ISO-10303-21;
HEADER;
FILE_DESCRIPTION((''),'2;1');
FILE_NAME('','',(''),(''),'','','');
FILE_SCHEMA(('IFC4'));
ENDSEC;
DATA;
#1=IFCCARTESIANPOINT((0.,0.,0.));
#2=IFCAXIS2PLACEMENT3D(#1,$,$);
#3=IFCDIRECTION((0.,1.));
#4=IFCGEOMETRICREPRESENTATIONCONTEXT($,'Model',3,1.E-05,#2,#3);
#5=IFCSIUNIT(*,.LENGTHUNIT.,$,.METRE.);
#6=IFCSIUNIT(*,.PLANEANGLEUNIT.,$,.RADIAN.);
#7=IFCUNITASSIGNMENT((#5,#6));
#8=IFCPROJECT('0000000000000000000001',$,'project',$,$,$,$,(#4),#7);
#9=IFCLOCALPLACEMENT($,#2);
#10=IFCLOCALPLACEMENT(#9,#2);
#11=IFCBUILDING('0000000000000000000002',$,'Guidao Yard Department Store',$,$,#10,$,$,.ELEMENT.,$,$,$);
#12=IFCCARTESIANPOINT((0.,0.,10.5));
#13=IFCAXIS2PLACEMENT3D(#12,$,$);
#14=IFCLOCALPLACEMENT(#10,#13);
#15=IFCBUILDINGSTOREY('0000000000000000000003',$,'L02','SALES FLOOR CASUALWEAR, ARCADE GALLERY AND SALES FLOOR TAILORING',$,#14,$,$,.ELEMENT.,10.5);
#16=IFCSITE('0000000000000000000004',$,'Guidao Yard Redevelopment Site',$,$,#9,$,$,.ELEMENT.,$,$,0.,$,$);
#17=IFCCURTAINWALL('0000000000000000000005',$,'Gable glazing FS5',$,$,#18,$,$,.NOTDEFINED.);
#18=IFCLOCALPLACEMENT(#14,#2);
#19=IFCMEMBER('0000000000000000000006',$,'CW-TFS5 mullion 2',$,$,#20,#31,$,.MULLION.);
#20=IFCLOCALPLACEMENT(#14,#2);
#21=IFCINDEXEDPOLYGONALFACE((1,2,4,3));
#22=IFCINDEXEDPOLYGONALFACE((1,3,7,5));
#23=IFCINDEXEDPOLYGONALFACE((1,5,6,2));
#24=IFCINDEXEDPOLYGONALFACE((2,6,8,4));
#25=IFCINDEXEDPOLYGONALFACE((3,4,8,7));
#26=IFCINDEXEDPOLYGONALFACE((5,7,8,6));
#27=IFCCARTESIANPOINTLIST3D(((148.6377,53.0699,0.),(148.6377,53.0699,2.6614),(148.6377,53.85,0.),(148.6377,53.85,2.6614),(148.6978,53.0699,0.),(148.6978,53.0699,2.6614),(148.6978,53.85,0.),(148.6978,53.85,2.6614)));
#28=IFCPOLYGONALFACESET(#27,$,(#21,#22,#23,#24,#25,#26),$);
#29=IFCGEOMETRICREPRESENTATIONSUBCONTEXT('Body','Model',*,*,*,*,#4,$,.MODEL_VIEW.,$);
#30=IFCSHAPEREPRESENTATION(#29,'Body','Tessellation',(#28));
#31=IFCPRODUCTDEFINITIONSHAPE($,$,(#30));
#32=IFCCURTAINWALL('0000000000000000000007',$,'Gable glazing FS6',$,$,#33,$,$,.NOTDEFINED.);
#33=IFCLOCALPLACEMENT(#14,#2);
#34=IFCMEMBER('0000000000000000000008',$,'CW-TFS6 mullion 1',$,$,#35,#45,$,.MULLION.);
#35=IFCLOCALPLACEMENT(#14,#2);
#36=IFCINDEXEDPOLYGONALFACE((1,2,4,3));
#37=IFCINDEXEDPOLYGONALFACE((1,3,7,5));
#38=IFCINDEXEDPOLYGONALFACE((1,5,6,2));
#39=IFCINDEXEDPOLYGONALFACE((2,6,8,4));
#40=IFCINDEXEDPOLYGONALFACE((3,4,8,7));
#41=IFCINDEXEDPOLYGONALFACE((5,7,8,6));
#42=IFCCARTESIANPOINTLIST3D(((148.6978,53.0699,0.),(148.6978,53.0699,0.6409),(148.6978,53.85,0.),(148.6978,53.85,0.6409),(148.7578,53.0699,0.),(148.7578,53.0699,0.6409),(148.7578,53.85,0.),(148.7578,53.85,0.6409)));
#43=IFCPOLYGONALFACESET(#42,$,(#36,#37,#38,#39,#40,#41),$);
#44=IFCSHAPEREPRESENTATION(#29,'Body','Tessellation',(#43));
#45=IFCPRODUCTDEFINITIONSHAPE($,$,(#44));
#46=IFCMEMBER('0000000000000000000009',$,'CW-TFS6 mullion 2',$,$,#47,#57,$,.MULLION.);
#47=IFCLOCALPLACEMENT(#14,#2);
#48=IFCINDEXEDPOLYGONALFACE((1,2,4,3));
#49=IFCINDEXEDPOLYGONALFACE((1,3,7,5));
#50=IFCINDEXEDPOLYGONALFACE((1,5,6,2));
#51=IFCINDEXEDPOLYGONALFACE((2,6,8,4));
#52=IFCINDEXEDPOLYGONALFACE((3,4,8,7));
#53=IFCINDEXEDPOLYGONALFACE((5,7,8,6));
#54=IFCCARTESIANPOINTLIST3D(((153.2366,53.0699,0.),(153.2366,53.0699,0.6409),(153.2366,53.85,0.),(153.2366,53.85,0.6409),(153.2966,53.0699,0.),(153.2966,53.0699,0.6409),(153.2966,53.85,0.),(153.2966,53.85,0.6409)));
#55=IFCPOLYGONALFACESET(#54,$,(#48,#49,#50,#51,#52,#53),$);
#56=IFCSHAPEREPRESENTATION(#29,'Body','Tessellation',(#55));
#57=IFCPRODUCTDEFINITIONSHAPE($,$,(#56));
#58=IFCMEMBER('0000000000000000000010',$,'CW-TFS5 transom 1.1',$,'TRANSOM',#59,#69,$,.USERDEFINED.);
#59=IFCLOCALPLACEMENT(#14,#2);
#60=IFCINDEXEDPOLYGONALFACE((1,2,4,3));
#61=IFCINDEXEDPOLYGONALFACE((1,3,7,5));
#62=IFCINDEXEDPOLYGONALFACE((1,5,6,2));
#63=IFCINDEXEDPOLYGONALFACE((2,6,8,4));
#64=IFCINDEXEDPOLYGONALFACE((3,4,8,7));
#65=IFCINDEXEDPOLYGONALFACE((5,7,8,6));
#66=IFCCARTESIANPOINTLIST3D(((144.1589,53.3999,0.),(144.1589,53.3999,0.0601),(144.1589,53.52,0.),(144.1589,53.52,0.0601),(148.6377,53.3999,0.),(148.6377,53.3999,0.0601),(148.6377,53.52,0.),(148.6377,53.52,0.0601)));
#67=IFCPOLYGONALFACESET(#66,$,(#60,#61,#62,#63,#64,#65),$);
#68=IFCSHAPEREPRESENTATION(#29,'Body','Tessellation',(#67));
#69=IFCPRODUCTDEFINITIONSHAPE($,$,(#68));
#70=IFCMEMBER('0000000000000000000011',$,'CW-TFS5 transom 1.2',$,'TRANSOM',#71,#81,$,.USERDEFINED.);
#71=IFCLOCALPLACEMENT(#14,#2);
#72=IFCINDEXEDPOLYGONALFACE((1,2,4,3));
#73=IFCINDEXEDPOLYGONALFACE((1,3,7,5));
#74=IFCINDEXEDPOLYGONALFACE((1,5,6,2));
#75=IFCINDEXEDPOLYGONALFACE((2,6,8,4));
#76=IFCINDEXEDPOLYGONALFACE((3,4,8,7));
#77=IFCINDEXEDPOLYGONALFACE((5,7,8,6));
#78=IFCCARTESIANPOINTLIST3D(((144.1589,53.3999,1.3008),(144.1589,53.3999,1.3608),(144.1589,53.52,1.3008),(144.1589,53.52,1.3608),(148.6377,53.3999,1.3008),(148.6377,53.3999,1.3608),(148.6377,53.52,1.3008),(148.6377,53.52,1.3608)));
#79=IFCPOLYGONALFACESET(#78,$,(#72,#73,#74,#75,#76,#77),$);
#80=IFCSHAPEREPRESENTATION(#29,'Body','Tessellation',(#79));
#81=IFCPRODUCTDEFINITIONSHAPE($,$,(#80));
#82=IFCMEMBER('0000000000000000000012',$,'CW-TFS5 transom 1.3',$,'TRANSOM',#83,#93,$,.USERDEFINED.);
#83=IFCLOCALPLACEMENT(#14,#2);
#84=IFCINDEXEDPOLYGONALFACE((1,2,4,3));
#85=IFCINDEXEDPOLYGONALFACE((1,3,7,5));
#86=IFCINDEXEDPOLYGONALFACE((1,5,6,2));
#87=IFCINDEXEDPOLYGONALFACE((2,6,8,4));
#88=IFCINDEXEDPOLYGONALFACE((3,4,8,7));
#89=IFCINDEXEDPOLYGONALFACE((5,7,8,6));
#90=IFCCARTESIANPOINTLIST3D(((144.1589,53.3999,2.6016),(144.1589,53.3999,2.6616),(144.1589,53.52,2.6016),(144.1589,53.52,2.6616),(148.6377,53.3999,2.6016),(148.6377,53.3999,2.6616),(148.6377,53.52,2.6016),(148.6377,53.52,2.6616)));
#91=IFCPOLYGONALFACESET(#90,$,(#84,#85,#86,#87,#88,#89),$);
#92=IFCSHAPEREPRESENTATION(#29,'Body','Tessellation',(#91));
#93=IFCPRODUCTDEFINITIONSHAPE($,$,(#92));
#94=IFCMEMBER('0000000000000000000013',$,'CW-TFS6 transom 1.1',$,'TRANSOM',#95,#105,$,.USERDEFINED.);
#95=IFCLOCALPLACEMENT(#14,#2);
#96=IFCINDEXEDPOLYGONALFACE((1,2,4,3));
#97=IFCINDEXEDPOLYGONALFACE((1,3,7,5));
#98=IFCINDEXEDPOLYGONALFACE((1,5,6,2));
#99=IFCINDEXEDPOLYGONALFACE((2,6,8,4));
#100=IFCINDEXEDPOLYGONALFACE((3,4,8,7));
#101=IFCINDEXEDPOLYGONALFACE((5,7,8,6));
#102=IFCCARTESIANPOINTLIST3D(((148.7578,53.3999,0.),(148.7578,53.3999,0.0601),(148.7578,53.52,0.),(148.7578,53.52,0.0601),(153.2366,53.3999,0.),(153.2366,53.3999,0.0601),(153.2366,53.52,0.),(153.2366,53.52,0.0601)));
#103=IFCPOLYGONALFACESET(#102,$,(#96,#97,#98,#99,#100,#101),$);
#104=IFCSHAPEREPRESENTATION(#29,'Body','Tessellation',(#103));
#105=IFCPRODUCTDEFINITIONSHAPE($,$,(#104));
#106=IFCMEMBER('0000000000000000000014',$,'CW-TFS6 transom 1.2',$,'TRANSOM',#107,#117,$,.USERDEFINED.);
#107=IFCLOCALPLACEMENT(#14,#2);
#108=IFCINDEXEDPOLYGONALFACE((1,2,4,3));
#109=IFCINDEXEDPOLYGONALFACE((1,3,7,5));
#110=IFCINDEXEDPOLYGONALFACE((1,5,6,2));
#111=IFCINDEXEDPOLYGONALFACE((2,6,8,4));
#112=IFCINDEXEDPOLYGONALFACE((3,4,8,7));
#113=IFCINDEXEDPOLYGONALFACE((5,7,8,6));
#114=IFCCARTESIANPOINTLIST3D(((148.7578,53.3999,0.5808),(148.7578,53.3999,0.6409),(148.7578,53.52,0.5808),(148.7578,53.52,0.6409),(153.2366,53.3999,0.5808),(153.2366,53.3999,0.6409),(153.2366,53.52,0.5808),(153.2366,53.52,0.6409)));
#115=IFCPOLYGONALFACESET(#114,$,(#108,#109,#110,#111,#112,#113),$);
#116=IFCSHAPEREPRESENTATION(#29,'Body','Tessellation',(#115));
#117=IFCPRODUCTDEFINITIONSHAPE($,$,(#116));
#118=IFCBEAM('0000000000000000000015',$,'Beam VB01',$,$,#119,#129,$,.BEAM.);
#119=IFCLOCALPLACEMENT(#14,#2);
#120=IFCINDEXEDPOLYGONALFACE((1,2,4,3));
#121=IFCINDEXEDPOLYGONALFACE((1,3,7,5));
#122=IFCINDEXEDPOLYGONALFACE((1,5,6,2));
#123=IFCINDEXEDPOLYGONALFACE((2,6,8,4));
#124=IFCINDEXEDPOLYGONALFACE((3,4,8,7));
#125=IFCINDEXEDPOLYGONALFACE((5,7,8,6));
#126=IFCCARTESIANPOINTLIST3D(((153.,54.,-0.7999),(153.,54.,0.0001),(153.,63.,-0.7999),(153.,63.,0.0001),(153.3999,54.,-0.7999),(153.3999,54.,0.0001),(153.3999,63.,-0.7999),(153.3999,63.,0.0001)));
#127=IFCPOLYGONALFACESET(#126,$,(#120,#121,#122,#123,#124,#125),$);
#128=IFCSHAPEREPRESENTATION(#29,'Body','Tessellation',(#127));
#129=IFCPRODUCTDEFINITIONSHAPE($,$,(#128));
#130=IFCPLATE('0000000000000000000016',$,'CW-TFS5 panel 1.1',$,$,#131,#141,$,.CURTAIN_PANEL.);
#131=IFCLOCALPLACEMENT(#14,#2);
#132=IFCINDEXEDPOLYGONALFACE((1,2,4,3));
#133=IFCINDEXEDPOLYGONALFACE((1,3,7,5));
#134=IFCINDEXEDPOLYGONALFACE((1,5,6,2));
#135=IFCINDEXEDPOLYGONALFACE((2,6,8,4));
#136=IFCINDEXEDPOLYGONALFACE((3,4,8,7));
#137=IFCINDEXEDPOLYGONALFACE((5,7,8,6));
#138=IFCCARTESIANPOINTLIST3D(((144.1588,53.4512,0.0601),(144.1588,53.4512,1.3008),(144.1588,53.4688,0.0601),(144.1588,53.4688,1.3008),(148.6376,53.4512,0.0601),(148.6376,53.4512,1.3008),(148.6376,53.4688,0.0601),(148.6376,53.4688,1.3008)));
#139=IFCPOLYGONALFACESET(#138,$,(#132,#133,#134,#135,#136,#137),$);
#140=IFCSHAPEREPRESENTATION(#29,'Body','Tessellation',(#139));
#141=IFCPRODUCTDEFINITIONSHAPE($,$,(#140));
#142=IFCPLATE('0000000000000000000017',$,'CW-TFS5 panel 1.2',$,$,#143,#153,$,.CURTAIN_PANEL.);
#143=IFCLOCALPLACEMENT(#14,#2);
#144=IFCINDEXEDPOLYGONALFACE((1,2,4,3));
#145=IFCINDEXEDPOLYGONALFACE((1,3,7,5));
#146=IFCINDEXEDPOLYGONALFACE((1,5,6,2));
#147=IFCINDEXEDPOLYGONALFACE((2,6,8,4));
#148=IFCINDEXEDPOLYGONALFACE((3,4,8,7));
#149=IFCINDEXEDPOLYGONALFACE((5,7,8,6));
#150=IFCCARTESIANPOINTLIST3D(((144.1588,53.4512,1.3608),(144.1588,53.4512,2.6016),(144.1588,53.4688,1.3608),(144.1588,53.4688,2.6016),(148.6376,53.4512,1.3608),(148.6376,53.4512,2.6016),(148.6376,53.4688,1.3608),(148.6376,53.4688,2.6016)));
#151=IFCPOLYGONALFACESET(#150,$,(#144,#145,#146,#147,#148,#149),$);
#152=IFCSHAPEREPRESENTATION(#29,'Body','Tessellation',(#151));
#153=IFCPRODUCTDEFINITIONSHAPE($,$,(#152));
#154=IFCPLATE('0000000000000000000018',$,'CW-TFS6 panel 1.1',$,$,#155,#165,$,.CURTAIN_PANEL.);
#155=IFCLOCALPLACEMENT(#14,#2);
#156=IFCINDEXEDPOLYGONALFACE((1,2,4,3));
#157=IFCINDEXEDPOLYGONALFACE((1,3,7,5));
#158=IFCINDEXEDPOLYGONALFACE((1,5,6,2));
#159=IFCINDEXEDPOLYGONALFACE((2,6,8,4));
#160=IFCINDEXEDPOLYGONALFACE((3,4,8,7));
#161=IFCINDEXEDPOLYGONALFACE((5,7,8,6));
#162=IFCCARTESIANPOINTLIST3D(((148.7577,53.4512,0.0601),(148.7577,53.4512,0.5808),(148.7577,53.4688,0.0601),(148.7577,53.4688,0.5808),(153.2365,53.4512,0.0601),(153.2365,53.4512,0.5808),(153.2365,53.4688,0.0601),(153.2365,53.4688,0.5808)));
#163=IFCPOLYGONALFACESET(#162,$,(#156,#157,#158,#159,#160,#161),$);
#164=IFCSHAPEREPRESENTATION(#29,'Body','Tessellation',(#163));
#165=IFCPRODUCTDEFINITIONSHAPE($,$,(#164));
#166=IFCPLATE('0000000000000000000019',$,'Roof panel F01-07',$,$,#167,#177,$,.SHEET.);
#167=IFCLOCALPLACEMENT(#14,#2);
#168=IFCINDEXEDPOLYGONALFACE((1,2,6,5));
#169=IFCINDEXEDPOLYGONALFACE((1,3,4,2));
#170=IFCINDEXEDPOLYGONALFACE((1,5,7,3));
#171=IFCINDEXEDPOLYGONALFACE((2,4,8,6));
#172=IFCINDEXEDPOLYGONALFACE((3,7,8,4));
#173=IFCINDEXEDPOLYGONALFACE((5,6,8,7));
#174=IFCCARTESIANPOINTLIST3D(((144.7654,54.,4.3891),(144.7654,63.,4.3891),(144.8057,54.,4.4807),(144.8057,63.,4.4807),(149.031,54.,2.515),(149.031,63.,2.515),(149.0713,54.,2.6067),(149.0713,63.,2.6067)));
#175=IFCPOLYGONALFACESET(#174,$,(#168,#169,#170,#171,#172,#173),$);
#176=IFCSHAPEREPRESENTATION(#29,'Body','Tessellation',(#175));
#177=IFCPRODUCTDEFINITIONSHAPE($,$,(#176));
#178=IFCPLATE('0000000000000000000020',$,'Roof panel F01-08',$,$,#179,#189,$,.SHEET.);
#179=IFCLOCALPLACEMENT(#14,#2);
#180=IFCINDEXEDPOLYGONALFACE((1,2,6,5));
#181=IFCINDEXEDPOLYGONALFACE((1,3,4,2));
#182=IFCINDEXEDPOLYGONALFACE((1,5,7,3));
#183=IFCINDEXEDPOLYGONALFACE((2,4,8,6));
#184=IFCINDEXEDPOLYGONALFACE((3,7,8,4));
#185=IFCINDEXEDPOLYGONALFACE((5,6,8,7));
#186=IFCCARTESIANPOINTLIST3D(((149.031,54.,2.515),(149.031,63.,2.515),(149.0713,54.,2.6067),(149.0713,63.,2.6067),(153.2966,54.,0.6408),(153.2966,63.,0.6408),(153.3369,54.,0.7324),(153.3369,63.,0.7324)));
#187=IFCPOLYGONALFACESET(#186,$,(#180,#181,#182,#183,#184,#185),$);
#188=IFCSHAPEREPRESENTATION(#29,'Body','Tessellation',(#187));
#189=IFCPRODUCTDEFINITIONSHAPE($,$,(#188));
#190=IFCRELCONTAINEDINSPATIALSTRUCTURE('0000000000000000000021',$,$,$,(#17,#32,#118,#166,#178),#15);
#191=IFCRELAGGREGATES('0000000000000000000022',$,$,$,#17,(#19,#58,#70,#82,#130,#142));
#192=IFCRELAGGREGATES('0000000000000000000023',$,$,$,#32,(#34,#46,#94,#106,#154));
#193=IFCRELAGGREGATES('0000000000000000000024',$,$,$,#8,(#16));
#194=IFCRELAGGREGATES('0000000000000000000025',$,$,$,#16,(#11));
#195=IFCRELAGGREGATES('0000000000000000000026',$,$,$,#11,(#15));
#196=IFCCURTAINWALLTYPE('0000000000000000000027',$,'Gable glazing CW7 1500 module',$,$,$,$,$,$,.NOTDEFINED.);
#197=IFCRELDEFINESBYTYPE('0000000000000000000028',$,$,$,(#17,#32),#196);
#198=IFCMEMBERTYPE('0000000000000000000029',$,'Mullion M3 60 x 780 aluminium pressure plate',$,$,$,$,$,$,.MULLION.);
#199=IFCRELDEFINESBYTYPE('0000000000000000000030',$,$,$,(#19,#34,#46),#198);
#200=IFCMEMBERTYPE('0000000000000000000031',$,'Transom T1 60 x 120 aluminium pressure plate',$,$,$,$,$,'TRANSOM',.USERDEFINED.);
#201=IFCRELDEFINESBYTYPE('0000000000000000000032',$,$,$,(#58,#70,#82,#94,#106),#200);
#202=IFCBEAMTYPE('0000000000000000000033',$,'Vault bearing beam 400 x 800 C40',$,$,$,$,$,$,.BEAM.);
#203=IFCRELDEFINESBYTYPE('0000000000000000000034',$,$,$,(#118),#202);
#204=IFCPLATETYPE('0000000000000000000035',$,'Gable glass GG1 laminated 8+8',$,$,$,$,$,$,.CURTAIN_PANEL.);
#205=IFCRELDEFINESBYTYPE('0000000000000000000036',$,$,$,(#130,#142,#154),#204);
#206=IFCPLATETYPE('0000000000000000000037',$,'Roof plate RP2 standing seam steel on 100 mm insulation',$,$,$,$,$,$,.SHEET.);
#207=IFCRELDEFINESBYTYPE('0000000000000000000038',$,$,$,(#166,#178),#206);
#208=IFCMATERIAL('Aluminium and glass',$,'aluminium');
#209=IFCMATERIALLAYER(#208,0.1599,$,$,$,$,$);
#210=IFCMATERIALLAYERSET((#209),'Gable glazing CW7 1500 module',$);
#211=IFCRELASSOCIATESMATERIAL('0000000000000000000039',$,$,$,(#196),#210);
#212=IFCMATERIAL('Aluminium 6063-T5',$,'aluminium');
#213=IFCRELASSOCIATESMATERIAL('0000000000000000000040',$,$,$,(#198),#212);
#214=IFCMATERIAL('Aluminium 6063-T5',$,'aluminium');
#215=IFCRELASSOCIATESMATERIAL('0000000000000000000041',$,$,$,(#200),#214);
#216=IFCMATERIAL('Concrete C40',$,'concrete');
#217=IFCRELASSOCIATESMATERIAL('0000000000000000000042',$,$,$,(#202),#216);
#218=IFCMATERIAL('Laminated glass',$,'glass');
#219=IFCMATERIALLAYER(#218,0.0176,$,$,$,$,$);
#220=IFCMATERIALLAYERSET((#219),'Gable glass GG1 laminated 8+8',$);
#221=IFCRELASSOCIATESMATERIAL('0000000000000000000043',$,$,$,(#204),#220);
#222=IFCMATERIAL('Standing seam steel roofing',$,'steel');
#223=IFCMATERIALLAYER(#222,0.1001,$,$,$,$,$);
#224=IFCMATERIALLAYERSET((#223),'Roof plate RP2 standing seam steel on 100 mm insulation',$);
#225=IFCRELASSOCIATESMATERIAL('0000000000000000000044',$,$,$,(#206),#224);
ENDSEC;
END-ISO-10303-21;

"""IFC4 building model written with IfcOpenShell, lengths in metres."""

from ifc_helpers import new_model, si_unit, direction, frame, origin, origin_2d, place, context, subcontext, project, spatial, polyline, rectangle, outline, extrude, material, layer, layer_set, material_profile, profile_set, type_object, element, aggregate, save


model = new_model("IFC4")

# Units and contexts
model_context = context("Model", 3, precision=1e-05, world=origin(), true_north=direction((0.0, 1.0)))
body_context = subcontext(model_context, "Body", "Model", "MODEL_VIEW")
ifc_project = project(units=[si_unit("LENGTHUNIT", "METRE"), si_unit("PLANEANGLEUNIT", "RADIAN")], contexts=[model_context])

# Site, building, storey
site_placement = place(None, origin())
site = spatial("IfcSite", under=ifc_project, at=site_placement, Name="Guidao Yard Redevelopment Site", CompositionType="ELEMENT", RefElevation=0.0)
building_placement = place(site_placement, origin())
building = spatial("IfcBuilding", under=site, at=building_placement, Name="Guidao Yard Department Store", CompositionType="ELEMENT")
storey_placement = place(building_placement, frame((0.0, 0.0, 10.5)))
storey = spatial("IfcBuildingStorey", under=building, at=storey_placement, Name="L02", Description="SALES FLOOR CASUALWEAR, ARCADE GALLERY AND SALES FLOOR TAILORING", CompositionType="ELEMENT", Elevation=10.5)

# Curtain wall, member
ifc_material_1 = material(Name="Aluminium and glass", Category="aluminium")
ifc_layer_1 = layer(ifc_material_1, 0.1599)
ifc_layer_set_1 = layer_set([ifc_layer_1], Name="Gable glazing CW7 1500 module")
curtain_wall_type_1 = type_object("IfcCurtainWallType", Name="Gable glazing CW7 1500 module", PredefinedType="NOTDEFINED", material=ifc_layer_set_1)
curtain_wall_1_placement = place(storey_placement, origin())
curtain_wall_1 = element("IfcCurtainWall", 1, at=curtain_wall_1_placement, inside=storey, type_object=curtain_wall_type_1, Name="Gable glazing FS5", PredefinedType="NOTDEFINED")
ifc_material_2 = material(Name="Aluminium 6063-T5", Category="aluminium")
ifc_material_profile_1 = material_profile(ifc_material_2, rectangle(XDim=0.0601, YDim=0.78, at=origin_2d()), Name="Mullion M3 60 x 780 aluminium pressure plate")
ifc_profile_set_1 = profile_set([ifc_material_profile_1], Name="Aluminium 6063-T5")
member_type_1 = type_object("IfcMemberType", Name="Mullion M3 60 x 780 aluminium pressure plate", PredefinedType="MULLION", material=ifc_profile_set_1)
member_1_placement = place(storey_placement, frame((148.6677, 53.46, 0.0), z_axis=(0.0, 0.0, 1.0), x_axis=(-1.0, 0.0, 0.0)))
member_1 = element("IfcMember", 2, at=member_1_placement, type_object=member_type_1, Name="CW-TFS5 mullion 2", PredefinedType="MULLION", context=body_context, shape_type="SweptSolid", body=[
    extrude(rectangle(XDim=0.0601, YDim=0.78, at=origin_2d()), origin(), (0.0, 0.0, 1.0), 2.6614),
])

# Curtain wall, members
curtain_wall_2_placement = place(storey_placement, origin())
curtain_wall_2 = element("IfcCurtainWall", 3, at=curtain_wall_2_placement, inside=storey, type_object=curtain_wall_type_1, Name="Gable glazing FS6", PredefinedType="NOTDEFINED")
member_2_placement = place(storey_placement, frame((148.7278, 53.46, 0.0), z_axis=(0.0, 0.0, 1.0), x_axis=(-1.0, 0.0, 0.0)))
member_2 = element("IfcMember", 4, at=member_2_placement, type_object=member_type_1, Name="CW-TFS6 mullion 1", PredefinedType="MULLION", context=body_context, shape_type="SweptSolid", body=[
    extrude(rectangle(XDim=0.0601, YDim=0.78, at=origin_2d()), origin(), (0.0, 0.0, 1.0), 0.6409),
])
member_3_placement = place(storey_placement, frame((153.2666, 53.46, 0.0), z_axis=(0.0, 0.0, 1.0), x_axis=(-1.0, 0.0, 0.0)))
member_3 = element("IfcMember", 5, at=member_3_placement, type_object=member_type_1, Name="CW-TFS6 mullion 2", PredefinedType="MULLION", context=body_context, shape_type="SweptSolid", body=[
    extrude(rectangle(XDim=0.0601, YDim=0.78, at=origin_2d()), origin(), (0.0, 0.0, 1.0), 0.6409),
])

# Members
ifc_material_3 = material(Name="Aluminium 6063-T5", Category="aluminium")
ifc_material_profile_2 = material_profile(ifc_material_3, rectangle(XDim=0.1201, YDim=0.0601, at=origin_2d()), Name="Transom T1 60 x 120 aluminium pressure plate")
ifc_profile_set_2 = profile_set([ifc_material_profile_2], Name="Aluminium 6063-T5")
member_type_2 = type_object("IfcMemberType", Name="Transom T1 60 x 120 aluminium pressure plate", ElementType="TRANSOM", PredefinedType="USERDEFINED", material=ifc_profile_set_2)
member_4_placement = place(storey_placement, frame((148.6377, 53.46, 0.03), z_axis=(-1.0, 0.0, 0.0), x_axis=(0.0, -1.0, 0.0)))
member_4 = element("IfcMember", 6, at=member_4_placement, type_object=member_type_2, Name="CW-TFS5 transom 1.1", ObjectType="TRANSOM", PredefinedType="USERDEFINED", context=body_context, shape_type="SweptSolid", body=[
    extrude(rectangle(XDim=0.1201, YDim=0.0601, at=origin_2d()), origin(), (0.0, 0.0, 1.0), 4.4788),
])
member_5_placement = place(storey_placement, frame((148.6377, 53.46, 1.3308), z_axis=(-1.0, 0.0, 0.0), x_axis=(0.0, -1.0, 0.0)))
member_5 = element("IfcMember", 7, at=member_5_placement, type_object=member_type_2, Name="CW-TFS5 transom 1.2", ObjectType="TRANSOM", PredefinedType="USERDEFINED", context=body_context, shape_type="SweptSolid", body=[
    extrude(rectangle(XDim=0.1201, YDim=0.0601, at=origin_2d()), origin(), (0.0, 0.0, 1.0), 4.4788),
])
member_6_placement = place(storey_placement, frame((148.6377, 53.46, 2.6316), z_axis=(-1.0, 0.0, 0.0), x_axis=(0.0, -1.0, 0.0)))
member_6 = element("IfcMember", 8, at=member_6_placement, type_object=member_type_2, Name="CW-TFS5 transom 1.3", ObjectType="TRANSOM", PredefinedType="USERDEFINED", context=body_context, shape_type="SweptSolid", body=[
    extrude(rectangle(XDim=0.1201, YDim=0.0601, at=origin_2d()), origin(), (0.0, 0.0, 1.0), 4.4788),
])
member_7_placement = place(storey_placement, frame((153.2366, 53.46, 0.03), z_axis=(-1.0, 0.0, 0.0), x_axis=(0.0, -1.0, 0.0)))
member_7 = element("IfcMember", 9, at=member_7_placement, type_object=member_type_2, Name="CW-TFS6 transom 1.1", ObjectType="TRANSOM", PredefinedType="USERDEFINED", context=body_context, shape_type="SweptSolid", body=[
    extrude(rectangle(XDim=0.1201, YDim=0.0601, at=origin_2d()), origin(), (0.0, 0.0, 1.0), 4.4788),
])
member_8_placement = place(storey_placement, frame((153.2366, 53.46, 0.6108), z_axis=(-1.0, 0.0, 0.0), x_axis=(0.0, -1.0, 0.0)))
member_8 = element("IfcMember", 10, at=member_8_placement, type_object=member_type_2, Name="CW-TFS6 transom 1.2", ObjectType="TRANSOM", PredefinedType="USERDEFINED", context=body_context, shape_type="SweptSolid", body=[
    extrude(rectangle(XDim=0.1201, YDim=0.0601, at=origin_2d()), origin(), (0.0, 0.0, 1.0), 4.4788),
])

# Beam
ifc_material_4 = material(Name="Concrete C40", Category="concrete")
ifc_material_profile_3 = material_profile(ifc_material_4, rectangle(XDim=0.3999, YDim=0.8, at=origin_2d()), Name="Vault bearing beam 400 x 800 C40")
ifc_profile_set_3 = profile_set([ifc_material_profile_3], Name="Concrete C40")
beam_type_1 = type_object("IfcBeamType", Name="Vault bearing beam 400 x 800 C40", PredefinedType="BEAM", material=ifc_profile_set_3)
beam_placement = place(storey_placement, frame((153.2, 54.0, -0.3999), z_axis=(0.0, 1.0, 0.0), x_axis=(-1.0, 0.0, 0.0)))
element("IfcBeam", 11, at=beam_placement, inside=storey, type_object=beam_type_1, Name="Beam VB01", PredefinedType="BEAM", context=body_context, shape_type="SweptSolid", body=[
    extrude(rectangle(XDim=0.3999, YDim=0.8, at=origin_2d()), origin(), (0.0, 0.0, 1.0), 9.0),
])

# Plates
ifc_material_5 = material(Name="Laminated glass", Category="glass")
ifc_layer_2 = layer(ifc_material_5, 0.0176)
ifc_layer_set_2 = layer_set([ifc_layer_2], Name="Gable glass GG1 laminated 8+8")
plate_type_1 = type_object("IfcPlateType", Name="Gable glass GG1 laminated 8+8", PredefinedType="CURTAIN_PANEL", material=ifc_layer_set_2)
plate_1_placement = place(storey_placement, frame((146.3982, 53.46, 0.0601), z_axis=(0.0, 0.0, 1.0), x_axis=(-1.0, 0.0, 0.0)))
plate_1 = element("IfcPlate", 12, at=plate_1_placement, type_object=plate_type_1, Name="CW-TFS5 panel 1.1", PredefinedType="CURTAIN_PANEL", context=body_context, shape_type="SweptSolid", body=[
    extrude(rectangle(XDim=4.4788, YDim=0.0176, at=origin_2d()), origin(), (0.0, 0.0, 1.0), 1.2407),
])
plate_2_placement = place(storey_placement, frame((146.3982, 53.46, 1.3608), z_axis=(0.0, 0.0, 1.0), x_axis=(-1.0, 0.0, 0.0)))
plate_2 = element("IfcPlate", 13, at=plate_2_placement, type_object=plate_type_1, Name="CW-TFS5 panel 1.2", PredefinedType="CURTAIN_PANEL", context=body_context, shape_type="SweptSolid", body=[
    extrude(rectangle(XDim=4.4788, YDim=0.0176, at=origin_2d()), origin(), (0.0, 0.0, 1.0), 1.2407),
])
aggregate(curtain_wall_1, [member_1, member_4, member_5, member_6, plate_1, plate_2])
plate_3_placement = place(storey_placement, frame((150.9971, 53.46, 0.0601), z_axis=(0.0, 0.0, 1.0), x_axis=(-1.0, 0.0, 0.0)))
plate_3 = element("IfcPlate", 14, at=plate_3_placement, type_object=plate_type_1, Name="CW-TFS6 panel 1.1", PredefinedType="CURTAIN_PANEL", context=body_context, shape_type="SweptSolid", body=[
    extrude(rectangle(XDim=4.4788, YDim=0.0176, at=origin_2d()), origin(), (0.0, 0.0, 1.0), 0.5208),
])
aggregate(curtain_wall_2, [member_2, member_3, member_7, member_8, plate_3])

# Plates
ifc_material_6 = material(Name="Standing seam steel roofing", Category="steel")
ifc_layer_3 = layer(ifc_material_6, 0.1001)
ifc_layer_set_3 = layer_set([ifc_layer_3], Name="Roof plate RP2 standing seam steel on 100 mm insulation")
plate_type_2 = type_object("IfcPlateType", Name="Roof plate RP2 standing seam steel on 100 mm insulation", PredefinedType="SHEET", material=ifc_layer_set_3)
plate_4_placement = place(storey_placement, frame((144.8057, 54.0, 4.4807), z_axis=(0.402226, 0.0, 0.915541), x_axis=(0.915541, 0.0, -0.402226)))
element("IfcPlate", 15, at=plate_4_placement, inside=storey, type_object=plate_type_2, Name="Roof panel F01-07", PredefinedType="SHEET", context=body_context, shape_type="SweptSolid", body=[
    extrude(outline(polyline([(0.0, 0.0), (4.6591, 0.0), (4.6591, 9.0), (0.0, 9.0), (0.0, 0.0)])), origin(), (0.0, 0.0, -1.0), 0.1001),
])
plate_5_placement = place(storey_placement, frame((149.0713, 54.0, 2.6067), z_axis=(0.40227, 0.0, 0.915521), x_axis=(0.915521, 0.0, -0.40227)))
element("IfcPlate", 16, at=plate_5_placement, inside=storey, type_object=plate_type_2, Name="Roof panel F01-08", PredefinedType="SHEET", context=body_context, shape_type="SweptSolid", body=[
    extrude(outline(polyline([(0.0, 0.0), (4.6592, 0.0), (4.6592, 9.0), (0.0, 9.0), (0.0, 0.0)])), origin(), (0.0, 0.0, -1.0), 0.1001),
])

save(model, "model.ifc")
